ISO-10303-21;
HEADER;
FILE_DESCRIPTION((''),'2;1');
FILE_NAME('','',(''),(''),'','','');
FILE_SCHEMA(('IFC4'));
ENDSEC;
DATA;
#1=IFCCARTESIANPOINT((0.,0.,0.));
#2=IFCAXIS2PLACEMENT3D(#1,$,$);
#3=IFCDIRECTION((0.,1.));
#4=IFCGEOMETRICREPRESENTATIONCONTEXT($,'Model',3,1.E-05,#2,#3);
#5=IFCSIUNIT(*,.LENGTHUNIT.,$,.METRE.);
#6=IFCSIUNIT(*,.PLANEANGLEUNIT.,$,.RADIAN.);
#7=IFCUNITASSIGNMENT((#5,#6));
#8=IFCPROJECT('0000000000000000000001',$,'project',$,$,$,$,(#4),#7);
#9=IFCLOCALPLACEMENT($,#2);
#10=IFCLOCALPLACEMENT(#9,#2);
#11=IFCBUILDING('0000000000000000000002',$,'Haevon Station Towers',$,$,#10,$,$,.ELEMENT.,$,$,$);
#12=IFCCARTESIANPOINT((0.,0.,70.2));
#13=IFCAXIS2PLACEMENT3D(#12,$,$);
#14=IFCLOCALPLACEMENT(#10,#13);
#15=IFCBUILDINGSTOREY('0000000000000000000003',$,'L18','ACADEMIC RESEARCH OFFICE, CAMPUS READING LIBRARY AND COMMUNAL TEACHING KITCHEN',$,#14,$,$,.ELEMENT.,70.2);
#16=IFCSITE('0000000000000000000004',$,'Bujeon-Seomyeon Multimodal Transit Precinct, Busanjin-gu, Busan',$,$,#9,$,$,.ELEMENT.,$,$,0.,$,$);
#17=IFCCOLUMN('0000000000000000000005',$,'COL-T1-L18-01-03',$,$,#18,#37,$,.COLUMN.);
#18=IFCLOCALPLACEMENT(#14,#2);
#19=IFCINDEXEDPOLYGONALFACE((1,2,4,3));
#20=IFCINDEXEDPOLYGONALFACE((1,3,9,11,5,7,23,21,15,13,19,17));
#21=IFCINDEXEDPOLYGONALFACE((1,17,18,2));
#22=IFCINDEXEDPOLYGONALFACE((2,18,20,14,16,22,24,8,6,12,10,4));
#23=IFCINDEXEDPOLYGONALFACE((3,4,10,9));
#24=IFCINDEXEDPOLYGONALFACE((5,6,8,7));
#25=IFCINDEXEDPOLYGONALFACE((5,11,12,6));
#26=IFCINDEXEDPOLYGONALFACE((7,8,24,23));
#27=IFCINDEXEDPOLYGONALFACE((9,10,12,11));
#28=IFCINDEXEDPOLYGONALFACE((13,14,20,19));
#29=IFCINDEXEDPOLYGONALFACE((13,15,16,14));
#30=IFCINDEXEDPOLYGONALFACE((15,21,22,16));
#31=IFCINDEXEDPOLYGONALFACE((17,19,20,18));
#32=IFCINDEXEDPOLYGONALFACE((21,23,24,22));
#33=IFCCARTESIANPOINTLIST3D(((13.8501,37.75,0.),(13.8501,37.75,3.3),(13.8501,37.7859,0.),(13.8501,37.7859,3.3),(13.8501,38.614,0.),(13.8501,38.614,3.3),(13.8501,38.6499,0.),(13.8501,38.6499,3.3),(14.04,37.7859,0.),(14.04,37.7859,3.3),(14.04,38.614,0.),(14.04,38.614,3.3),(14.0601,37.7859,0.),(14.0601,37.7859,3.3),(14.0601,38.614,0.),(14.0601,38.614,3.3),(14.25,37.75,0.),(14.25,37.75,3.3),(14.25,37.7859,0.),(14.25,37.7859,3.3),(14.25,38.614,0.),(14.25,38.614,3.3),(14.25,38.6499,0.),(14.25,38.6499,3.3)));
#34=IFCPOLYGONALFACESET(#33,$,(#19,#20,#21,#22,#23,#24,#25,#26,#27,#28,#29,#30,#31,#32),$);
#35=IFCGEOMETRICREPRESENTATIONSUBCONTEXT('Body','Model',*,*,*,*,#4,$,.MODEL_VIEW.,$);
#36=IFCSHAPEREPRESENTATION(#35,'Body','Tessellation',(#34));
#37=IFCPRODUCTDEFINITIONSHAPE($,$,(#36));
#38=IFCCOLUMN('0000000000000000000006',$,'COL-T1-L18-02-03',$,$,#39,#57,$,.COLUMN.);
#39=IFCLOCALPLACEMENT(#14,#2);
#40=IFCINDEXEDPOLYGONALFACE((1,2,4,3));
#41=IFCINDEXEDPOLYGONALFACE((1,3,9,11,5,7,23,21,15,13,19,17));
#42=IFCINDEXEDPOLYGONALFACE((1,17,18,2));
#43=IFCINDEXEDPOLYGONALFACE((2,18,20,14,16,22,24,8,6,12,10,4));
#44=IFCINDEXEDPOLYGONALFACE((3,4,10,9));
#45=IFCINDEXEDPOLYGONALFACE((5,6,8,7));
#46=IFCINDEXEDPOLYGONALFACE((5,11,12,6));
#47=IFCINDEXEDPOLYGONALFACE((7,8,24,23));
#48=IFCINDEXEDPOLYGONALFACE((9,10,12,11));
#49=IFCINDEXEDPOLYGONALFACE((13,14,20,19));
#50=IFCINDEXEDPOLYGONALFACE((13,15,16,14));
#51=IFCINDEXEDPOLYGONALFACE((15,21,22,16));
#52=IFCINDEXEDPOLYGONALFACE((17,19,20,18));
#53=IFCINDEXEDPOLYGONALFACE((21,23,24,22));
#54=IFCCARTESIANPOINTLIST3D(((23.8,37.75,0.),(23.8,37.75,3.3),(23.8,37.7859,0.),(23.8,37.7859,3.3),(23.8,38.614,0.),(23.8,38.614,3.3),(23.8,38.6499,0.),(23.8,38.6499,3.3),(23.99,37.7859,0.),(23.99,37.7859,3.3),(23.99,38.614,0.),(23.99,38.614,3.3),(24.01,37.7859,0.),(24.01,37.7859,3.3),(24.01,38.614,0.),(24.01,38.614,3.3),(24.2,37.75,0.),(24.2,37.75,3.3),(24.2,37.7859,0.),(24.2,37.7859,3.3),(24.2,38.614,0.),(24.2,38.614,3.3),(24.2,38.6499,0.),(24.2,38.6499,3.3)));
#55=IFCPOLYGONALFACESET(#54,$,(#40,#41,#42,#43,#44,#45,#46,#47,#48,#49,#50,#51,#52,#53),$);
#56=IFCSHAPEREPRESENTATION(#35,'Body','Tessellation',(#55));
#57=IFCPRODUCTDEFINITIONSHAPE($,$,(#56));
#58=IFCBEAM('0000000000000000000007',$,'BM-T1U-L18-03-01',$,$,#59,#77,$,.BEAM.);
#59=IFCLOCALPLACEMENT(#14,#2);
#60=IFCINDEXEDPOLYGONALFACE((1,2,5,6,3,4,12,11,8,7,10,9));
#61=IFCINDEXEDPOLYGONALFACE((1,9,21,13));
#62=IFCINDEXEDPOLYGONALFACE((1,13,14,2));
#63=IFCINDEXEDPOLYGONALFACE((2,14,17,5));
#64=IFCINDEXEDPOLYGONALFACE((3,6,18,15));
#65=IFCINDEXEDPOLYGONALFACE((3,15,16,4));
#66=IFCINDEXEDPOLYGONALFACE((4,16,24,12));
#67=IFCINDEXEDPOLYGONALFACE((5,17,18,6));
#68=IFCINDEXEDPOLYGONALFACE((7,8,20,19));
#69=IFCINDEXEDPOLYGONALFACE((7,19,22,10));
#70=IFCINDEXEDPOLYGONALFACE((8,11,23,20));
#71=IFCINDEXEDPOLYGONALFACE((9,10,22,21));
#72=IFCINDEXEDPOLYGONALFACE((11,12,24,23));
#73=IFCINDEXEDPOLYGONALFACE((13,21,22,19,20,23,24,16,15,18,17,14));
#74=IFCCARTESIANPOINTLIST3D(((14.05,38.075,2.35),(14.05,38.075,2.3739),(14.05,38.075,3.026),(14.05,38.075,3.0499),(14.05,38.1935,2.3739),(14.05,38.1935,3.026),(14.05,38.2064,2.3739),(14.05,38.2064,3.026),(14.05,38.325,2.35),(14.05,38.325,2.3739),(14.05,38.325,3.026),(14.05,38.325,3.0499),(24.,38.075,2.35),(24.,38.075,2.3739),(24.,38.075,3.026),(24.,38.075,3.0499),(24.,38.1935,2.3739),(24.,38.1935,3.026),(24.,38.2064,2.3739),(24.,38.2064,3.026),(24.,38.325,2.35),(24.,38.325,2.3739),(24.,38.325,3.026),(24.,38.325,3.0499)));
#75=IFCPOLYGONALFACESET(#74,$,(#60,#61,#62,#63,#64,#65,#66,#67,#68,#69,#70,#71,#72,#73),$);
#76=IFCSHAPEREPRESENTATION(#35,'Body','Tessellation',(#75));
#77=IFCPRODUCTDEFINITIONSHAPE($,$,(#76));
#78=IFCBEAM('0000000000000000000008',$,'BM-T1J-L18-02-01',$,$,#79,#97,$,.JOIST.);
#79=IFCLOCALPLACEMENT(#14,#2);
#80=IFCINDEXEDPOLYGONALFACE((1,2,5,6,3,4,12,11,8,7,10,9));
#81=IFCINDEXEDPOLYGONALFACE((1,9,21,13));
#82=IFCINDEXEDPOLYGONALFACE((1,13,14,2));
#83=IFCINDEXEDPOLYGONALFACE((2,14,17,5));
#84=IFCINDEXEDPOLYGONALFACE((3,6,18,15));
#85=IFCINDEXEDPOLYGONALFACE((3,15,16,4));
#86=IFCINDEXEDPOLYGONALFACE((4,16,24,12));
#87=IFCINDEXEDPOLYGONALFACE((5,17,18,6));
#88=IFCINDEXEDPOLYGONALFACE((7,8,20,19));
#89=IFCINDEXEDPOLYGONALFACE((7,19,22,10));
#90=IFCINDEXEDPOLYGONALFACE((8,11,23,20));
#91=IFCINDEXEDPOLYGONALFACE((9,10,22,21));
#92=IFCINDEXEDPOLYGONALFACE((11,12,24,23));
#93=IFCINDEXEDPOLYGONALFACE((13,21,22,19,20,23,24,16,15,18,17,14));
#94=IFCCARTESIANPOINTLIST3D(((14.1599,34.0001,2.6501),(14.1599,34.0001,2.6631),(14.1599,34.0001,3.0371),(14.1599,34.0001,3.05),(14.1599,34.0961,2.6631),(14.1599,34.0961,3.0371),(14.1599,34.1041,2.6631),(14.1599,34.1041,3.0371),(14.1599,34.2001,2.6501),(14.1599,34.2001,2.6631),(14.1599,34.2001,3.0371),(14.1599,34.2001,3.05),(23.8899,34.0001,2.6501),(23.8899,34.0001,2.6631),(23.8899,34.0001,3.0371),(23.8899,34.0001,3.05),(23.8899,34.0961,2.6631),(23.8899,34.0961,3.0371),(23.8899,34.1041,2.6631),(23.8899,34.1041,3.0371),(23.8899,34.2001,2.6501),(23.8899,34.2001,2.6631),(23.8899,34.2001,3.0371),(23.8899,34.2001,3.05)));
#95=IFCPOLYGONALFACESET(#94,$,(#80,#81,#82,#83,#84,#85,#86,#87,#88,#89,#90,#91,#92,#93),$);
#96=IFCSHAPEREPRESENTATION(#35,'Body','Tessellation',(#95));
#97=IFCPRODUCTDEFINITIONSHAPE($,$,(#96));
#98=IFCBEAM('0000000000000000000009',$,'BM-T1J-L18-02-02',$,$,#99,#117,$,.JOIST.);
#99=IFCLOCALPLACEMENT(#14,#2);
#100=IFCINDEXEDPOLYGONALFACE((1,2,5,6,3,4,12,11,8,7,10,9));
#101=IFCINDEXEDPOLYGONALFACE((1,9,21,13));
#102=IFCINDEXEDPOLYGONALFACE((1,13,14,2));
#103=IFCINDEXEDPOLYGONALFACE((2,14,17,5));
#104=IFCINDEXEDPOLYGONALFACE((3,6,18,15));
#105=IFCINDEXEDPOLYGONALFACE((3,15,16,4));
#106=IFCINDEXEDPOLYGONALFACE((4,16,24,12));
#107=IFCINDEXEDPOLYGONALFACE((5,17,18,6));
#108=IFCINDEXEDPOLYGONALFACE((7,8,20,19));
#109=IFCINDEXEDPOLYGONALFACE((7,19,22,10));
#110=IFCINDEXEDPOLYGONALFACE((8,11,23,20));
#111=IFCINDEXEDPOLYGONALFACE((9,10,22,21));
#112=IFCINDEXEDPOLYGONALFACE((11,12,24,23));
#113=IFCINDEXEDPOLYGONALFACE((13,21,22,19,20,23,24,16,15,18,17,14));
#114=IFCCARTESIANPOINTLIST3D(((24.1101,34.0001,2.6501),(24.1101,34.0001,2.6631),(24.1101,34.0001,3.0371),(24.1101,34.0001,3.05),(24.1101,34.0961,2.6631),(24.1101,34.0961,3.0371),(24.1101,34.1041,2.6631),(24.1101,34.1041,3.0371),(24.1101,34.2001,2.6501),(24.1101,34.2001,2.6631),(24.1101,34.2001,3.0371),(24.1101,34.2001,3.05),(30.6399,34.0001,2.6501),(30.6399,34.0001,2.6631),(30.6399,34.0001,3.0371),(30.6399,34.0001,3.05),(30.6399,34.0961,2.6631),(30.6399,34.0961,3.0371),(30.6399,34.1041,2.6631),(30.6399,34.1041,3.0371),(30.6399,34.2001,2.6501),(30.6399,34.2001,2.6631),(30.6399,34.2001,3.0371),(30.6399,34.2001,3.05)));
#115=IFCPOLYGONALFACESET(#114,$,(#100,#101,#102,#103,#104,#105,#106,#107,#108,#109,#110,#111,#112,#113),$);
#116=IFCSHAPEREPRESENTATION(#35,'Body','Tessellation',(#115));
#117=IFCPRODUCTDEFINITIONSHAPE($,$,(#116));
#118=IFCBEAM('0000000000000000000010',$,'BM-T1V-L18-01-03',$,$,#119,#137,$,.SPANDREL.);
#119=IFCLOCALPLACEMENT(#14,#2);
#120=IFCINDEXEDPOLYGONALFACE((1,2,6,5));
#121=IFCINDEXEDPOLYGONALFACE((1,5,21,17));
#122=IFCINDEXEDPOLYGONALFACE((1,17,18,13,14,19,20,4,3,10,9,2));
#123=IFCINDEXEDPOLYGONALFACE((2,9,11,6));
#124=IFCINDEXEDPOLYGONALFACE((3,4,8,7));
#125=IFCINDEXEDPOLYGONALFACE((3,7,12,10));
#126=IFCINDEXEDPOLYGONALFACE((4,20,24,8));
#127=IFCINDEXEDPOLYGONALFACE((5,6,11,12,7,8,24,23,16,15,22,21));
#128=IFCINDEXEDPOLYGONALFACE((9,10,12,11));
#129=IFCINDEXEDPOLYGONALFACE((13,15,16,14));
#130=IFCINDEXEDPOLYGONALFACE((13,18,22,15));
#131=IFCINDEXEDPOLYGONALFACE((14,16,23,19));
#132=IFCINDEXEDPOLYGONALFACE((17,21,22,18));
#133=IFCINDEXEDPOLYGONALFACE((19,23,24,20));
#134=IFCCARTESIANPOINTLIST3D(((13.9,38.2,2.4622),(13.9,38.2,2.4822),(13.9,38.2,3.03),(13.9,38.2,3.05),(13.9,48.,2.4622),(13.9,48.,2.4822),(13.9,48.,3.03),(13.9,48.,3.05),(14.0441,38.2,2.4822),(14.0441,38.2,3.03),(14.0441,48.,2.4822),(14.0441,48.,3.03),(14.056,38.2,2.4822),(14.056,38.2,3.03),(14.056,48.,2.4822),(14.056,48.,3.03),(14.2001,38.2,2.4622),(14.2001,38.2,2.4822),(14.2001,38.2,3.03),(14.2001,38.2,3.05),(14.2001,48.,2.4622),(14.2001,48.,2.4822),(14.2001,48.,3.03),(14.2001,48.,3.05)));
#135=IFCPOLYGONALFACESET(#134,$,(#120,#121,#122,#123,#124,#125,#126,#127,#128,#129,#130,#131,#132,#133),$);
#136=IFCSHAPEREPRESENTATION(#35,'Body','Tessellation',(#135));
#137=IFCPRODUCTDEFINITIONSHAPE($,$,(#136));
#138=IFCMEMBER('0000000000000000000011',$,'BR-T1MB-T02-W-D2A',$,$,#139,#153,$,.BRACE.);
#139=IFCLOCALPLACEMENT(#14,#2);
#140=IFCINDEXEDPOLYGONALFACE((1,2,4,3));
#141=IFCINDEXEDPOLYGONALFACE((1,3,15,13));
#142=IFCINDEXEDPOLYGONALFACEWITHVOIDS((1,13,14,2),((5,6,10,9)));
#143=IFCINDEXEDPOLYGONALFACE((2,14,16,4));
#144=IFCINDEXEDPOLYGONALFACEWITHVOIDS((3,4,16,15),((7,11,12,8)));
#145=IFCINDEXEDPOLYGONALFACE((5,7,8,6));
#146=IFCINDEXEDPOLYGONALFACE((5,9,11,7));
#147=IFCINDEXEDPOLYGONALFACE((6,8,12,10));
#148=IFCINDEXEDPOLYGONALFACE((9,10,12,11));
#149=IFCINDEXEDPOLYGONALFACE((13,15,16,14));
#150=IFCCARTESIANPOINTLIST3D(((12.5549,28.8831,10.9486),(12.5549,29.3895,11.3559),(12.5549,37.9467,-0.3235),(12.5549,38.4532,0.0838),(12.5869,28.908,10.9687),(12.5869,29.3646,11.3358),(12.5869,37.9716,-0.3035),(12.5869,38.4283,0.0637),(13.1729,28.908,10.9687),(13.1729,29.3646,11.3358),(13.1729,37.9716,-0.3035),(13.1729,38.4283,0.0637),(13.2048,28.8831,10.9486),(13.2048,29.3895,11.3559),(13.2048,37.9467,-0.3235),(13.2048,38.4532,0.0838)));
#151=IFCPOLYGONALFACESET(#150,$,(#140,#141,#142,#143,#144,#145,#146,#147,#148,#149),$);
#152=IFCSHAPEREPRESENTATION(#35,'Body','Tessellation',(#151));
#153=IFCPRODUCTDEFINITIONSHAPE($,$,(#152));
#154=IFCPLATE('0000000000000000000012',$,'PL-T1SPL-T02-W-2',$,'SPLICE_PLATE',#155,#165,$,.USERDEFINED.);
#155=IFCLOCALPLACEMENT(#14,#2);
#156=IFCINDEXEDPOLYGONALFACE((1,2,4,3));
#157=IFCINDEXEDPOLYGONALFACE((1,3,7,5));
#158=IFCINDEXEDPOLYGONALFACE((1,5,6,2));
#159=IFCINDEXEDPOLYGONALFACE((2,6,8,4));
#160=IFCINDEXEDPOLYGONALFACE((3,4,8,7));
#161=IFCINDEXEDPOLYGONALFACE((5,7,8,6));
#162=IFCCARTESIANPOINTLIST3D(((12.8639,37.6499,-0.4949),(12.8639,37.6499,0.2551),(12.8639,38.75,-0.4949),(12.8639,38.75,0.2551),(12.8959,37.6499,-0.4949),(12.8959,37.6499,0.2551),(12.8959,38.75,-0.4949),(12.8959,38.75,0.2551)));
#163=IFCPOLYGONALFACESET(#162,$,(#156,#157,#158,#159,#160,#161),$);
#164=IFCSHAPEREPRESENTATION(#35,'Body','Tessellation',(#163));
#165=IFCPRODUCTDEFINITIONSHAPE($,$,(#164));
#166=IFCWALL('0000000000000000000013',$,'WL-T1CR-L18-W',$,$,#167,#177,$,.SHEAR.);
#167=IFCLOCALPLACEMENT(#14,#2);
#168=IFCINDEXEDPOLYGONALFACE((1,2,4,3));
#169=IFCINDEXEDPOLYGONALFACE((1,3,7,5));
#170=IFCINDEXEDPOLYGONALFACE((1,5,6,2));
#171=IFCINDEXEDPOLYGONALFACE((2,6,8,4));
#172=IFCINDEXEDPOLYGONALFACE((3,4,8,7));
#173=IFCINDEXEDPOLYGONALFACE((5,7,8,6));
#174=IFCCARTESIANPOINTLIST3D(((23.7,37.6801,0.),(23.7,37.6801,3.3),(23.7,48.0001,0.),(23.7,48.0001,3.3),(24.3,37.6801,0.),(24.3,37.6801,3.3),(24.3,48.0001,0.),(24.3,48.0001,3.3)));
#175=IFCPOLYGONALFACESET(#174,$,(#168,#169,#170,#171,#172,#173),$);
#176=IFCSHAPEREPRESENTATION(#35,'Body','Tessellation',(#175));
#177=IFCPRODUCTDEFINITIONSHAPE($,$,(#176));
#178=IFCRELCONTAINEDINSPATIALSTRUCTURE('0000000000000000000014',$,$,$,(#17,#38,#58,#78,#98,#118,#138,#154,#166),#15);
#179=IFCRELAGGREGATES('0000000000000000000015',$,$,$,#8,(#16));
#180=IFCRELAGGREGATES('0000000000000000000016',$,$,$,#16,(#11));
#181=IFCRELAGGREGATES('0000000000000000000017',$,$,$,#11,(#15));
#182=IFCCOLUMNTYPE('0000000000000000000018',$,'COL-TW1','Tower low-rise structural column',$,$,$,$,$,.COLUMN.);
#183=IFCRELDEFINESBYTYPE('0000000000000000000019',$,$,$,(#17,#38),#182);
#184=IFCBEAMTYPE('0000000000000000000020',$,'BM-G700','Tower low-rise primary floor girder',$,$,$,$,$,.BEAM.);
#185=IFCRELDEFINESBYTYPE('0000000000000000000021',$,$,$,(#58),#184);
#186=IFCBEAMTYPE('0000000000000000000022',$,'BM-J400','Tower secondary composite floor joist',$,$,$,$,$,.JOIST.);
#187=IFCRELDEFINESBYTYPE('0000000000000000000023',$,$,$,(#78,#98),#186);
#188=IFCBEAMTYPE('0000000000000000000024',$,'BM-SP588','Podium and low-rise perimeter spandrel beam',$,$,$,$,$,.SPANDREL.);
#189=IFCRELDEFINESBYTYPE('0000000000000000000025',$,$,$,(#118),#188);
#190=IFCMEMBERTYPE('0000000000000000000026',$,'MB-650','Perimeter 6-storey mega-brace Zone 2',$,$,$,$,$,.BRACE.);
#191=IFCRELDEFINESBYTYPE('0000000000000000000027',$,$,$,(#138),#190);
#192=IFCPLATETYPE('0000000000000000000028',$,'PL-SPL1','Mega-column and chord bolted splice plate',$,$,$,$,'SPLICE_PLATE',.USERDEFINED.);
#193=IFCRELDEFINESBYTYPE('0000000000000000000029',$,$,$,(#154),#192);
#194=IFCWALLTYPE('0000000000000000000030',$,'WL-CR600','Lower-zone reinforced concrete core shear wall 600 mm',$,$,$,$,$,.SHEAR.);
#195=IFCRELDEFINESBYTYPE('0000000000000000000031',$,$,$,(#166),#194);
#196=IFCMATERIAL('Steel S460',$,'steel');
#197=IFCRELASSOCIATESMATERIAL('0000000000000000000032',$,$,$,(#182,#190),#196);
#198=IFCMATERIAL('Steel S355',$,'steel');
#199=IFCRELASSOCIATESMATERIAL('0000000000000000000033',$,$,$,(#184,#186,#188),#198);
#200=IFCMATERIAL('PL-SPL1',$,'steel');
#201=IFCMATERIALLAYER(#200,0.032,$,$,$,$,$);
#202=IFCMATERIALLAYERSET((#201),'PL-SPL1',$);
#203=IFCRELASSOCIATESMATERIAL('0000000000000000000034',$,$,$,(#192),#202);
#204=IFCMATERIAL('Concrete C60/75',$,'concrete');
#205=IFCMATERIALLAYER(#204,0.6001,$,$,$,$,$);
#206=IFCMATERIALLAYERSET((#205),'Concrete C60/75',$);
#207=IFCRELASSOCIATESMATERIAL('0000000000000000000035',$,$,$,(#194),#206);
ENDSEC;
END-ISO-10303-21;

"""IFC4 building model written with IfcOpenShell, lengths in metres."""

from ifc_helpers import new_model, si_unit, direction, frame, frame_2d, origin, origin_2d, place, context, subcontext, project, spatial, rectangle, hollow_rectangle, i_section, extrude, material, layer, layer_set, material_profile, profile_set, type_object, element, save


model = new_model("IFC4")

# Units and contexts
model_context = context("Model", 3, precision=1e-05, world=origin(), true_north=direction((0.0, 1.0)))
body_context = subcontext(model_context, "Body", "Model", "MODEL_VIEW")
ifc_project = project(units=[si_unit("LENGTHUNIT", "METRE"), si_unit("PLANEANGLEUNIT", "RADIAN")], contexts=[model_context])

# Site, building, storey
site_placement = place(None, origin())
site = spatial("IfcSite", under=ifc_project, at=site_placement, Name="Bujeon-Seomyeon Multimodal Transit Precinct, Busanjin-gu, Busan", CompositionType="ELEMENT", RefElevation=0.0)
building_placement = place(site_placement, origin())
building = spatial("IfcBuilding", under=site, at=building_placement, Name="Haevon Station Towers", CompositionType="ELEMENT")
storey_placement = place(building_placement, frame((0.0, 0.0, 70.2)))
storey = spatial("IfcBuildingStorey", under=building, at=storey_placement, Name="L18", Description="ACADEMIC RESEARCH OFFICE, CAMPUS READING LIBRARY AND COMMUNAL TEACHING KITCHEN", CompositionType="ELEMENT", Elevation=70.2)

# Columns
ifc_material_1 = material(Name="Steel S460", Category="steel")
ifc_material_profile_1 = material_profile(ifc_material_1, i_section(OverallWidth=0.3999, OverallDepth=0.8999, WebThickness=0.02, FlangeThickness=0.0359, at=origin_2d()), Name="H-900x400x20x36")
ifc_profile_set_1 = profile_set([ifc_material_profile_1], Name="Steel S460")
column_type = type_object("IfcColumnType", Name="COL-TW1", Description="Tower low-rise structural column", PredefinedType="COLUMN", material=ifc_profile_set_1)
for number, where, z_axis, x_axis, name in (
    (1, (14.05, 38.2, 0.0), (0.0, 0.0, 1.0), (1.0, 0.0, 0.0), "COL-T1-L18-01-03"),
    (2, (24.0, 38.2, 0.0), (0.0, 0.0, 1.0), (1.0, 0.0, 0.0), "COL-T1-L18-02-03"),
):
    element("IfcColumn", number, at=place(storey_placement, frame(where, z_axis=z_axis, x_axis=x_axis)), inside=storey, type_object=column_type, Name=name, PredefinedType="COLUMN", context=body_context, shape_type="SweptSolid", body=[
        extrude(i_section(OverallWidth=0.3999, OverallDepth=0.8999, WebThickness=0.02, FlangeThickness=0.0359, at=origin_2d()), origin(), (0.0, 0.0, 1.0), 3.3),
    ])

# Beams
ifc_material_2 = material(Name="Steel S355", Category="steel")
ifc_material_profile_2 = material_profile(ifc_material_2, i_section(OverallWidth=0.25, OverallDepth=0.7, WebThickness=0.0129, FlangeThickness=0.0239, at=origin_2d()), Name="H-700x250x13x24")
ifc_profile_set_2 = profile_set([ifc_material_profile_2], Name="Steel S355")
beam_type_1 = type_object("IfcBeamType", Name="BM-G700", Description="Tower low-rise primary floor girder", PredefinedType="BEAM", material=ifc_profile_set_2)
beam_1_placement = place(storey_placement, frame((14.05, 38.2, 2.7), z_axis=(1.0, 0.0, 0.0), x_axis=(0.0, 1.0, 0.0)))
element("IfcBeam", 3, at=beam_1_placement, inside=storey, type_object=beam_type_1, Name="BM-T1U-L18-03-01", PredefinedType="BEAM", context=body_context, shape_type="SweptSolid", body=[
    extrude(i_section(OverallWidth=0.25, OverallDepth=0.7, WebThickness=0.0129, FlangeThickness=0.0239, at=origin_2d()), origin(), (0.0, 0.0, 1.0), 9.95),
])
ifc_material_profile_3 = material_profile(ifc_material_2, i_section(OverallWidth=0.2, OverallDepth=0.3999, WebThickness=0.0081, FlangeThickness=0.0129, at=origin_2d()), Name="H-400x200x8x13")
ifc_profile_set_3 = profile_set([ifc_material_profile_3], Name="Steel S355")
beam_type_2 = type_object("IfcBeamType", Name="BM-J400", Description="Tower secondary composite floor joist", PredefinedType="JOIST", material=ifc_profile_set_3)
beam_2_placement = place(storey_placement, frame((14.1599, 34.1001, 2.8501), z_axis=(1.0, 0.0, 0.0), x_axis=(0.0, 1.0, 0.0)))
element("IfcBeam", 4, at=beam_2_placement, inside=storey, type_object=beam_type_2, Name="BM-T1J-L18-02-01", PredefinedType="JOIST", context=body_context, shape_type="SweptSolid", body=[
    extrude(i_section(OverallWidth=0.2, OverallDepth=0.3999, WebThickness=0.0081, FlangeThickness=0.0129, at=origin_2d()), origin(), (0.0, 0.0, 1.0), 9.73),
])
beam_3_placement = place(storey_placement, frame((24.1101, 34.1001, 2.8501), z_axis=(1.0, 0.0, 0.0), x_axis=(0.0, 1.0, 0.0)))
element("IfcBeam", 5, at=beam_3_placement, inside=storey, type_object=beam_type_2, Name="BM-T1J-L18-02-02", PredefinedType="JOIST", context=body_context, shape_type="SweptSolid", body=[
    extrude(i_section(OverallWidth=0.2, OverallDepth=0.3999, WebThickness=0.0081, FlangeThickness=0.0129, at=origin_2d()), origin(), (0.0, 0.0, 1.0), 6.5298),
])
ifc_material_profile_4 = material_profile(ifc_material_2, i_section(OverallWidth=0.3, OverallDepth=0.5879, WebThickness=0.012, FlangeThickness=0.02, at=origin_2d()), Name="H-588x300x12x20")
ifc_profile_set_4 = profile_set([ifc_material_profile_4], Name="Steel S355")
beam_type_3 = type_object("IfcBeamType", Name="BM-SP588", Description="Podium and low-rise perimeter spandrel beam", PredefinedType="SPANDREL", material=ifc_profile_set_4)
beam_4_placement = place(storey_placement, frame((14.05, 38.2, 2.7561), z_axis=(0.0, 1.0, 0.0), x_axis=(-1.0, 0.0, 0.0)))
element("IfcBeam", 6, at=beam_4_placement, inside=storey, type_object=beam_type_3, Name="BM-T1V-L18-01-03", PredefinedType="SPANDREL", context=body_context, shape_type="SweptSolid", body=[
    extrude(i_section(OverallWidth=0.3, OverallDepth=0.5879, WebThickness=0.012, FlangeThickness=0.02, at=origin_2d()), origin(), (0.0, 0.0, 1.0), 9.8),
])

# Member
ifc_material_profile_5 = material_profile(ifc_material_1, hollow_rectangle(XDim=0.6499, YDim=0.6499, WallThickness=0.032, at=origin_2d()), Name="RHS-650x650x32")
ifc_profile_set_5 = profile_set([ifc_material_profile_5], Name="Steel S460")
member_type = type_object("IfcMemberType", Name="MB-650", Description="Perimeter 6-storey mega-brace Zone 2", PredefinedType="BRACE", material=ifc_profile_set_5)
member_placement = place(storey_placement, frame((12.8799, 38.2, -0.1199), z_axis=(0.0, -0.62663, 0.779317), x_axis=(1.0, 0.0, 0.0)))
element("IfcMember", 7, at=member_placement, inside=storey, type_object=member_type, Name="BR-T1MB-T02-W-D2A", PredefinedType="BRACE", context=body_context, shape_type="SweptSolid", body=[
    extrude(hollow_rectangle(XDim=0.6499, YDim=0.6499, WallThickness=0.032, at=origin_2d()), origin(), (0.0, 0.0, 1.0), 14.4641),
])

# Plate
ifc_material_3 = material(Name="PL-SPL1", Category="steel")
ifc_layer_1 = layer(ifc_material_3, 0.032)
ifc_layer_set_1 = layer_set([ifc_layer_1], Name="PL-SPL1")
plate_type = type_object("IfcPlateType", Name="PL-SPL1", Description="Mega-column and chord bolted splice plate", ElementType="SPLICE_PLATE", PredefinedType="USERDEFINED", material=ifc_layer_set_1)
plate_placement = place(storey_placement, frame((12.8799, 38.2, -0.4949), z_axis=(0.0, 0.0, 1.0), x_axis=(0.0, 1.0, 0.0)))
element("IfcPlate", 8, at=plate_placement, inside=storey, type_object=plate_type, Name="PL-T1SPL-T02-W-2", ObjectType="SPLICE_PLATE", PredefinedType="USERDEFINED", context=body_context, shape_type="SweptSolid", body=[
    extrude(rectangle(XDim=1.1001, YDim=0.032, at=origin_2d()), origin(), (0.0, 0.0, 1.0), 0.75),
])

# Wall
ifc_material_4 = material(Name="Concrete C60/75", Category="concrete")
ifc_layer_2 = layer(ifc_material_4, 0.6001)
ifc_layer_set_2 = layer_set([ifc_layer_2], Name="Concrete C60/75")
wall_type_1 = type_object("IfcWallType", Name="WL-CR600", Description="Lower-zone reinforced concrete core shear wall 600 mm", PredefinedType="SHEAR", material=ifc_layer_set_2)
wall_1_placement = place(storey_placement, frame((24.0, 37.6799, 0.0), z_axis=(0.0, 0.0, 1.0), x_axis=(0.0, 1.0, 0.0)))
element("IfcWall", 9, at=wall_1_placement, inside=storey, type_object=wall_type_1, Name="WL-T1CR-L18-W", PredefinedType="SHEAR", context=body_context, shape_type="SweptSolid", body=[
    extrude(rectangle(XDim=10.3201, YDim=0.6001, at=frame_2d((5.1602, 0.0))), origin(), (0.0, 0.0, 1.0), 3.3),
])

save(model, "model.ifc")
